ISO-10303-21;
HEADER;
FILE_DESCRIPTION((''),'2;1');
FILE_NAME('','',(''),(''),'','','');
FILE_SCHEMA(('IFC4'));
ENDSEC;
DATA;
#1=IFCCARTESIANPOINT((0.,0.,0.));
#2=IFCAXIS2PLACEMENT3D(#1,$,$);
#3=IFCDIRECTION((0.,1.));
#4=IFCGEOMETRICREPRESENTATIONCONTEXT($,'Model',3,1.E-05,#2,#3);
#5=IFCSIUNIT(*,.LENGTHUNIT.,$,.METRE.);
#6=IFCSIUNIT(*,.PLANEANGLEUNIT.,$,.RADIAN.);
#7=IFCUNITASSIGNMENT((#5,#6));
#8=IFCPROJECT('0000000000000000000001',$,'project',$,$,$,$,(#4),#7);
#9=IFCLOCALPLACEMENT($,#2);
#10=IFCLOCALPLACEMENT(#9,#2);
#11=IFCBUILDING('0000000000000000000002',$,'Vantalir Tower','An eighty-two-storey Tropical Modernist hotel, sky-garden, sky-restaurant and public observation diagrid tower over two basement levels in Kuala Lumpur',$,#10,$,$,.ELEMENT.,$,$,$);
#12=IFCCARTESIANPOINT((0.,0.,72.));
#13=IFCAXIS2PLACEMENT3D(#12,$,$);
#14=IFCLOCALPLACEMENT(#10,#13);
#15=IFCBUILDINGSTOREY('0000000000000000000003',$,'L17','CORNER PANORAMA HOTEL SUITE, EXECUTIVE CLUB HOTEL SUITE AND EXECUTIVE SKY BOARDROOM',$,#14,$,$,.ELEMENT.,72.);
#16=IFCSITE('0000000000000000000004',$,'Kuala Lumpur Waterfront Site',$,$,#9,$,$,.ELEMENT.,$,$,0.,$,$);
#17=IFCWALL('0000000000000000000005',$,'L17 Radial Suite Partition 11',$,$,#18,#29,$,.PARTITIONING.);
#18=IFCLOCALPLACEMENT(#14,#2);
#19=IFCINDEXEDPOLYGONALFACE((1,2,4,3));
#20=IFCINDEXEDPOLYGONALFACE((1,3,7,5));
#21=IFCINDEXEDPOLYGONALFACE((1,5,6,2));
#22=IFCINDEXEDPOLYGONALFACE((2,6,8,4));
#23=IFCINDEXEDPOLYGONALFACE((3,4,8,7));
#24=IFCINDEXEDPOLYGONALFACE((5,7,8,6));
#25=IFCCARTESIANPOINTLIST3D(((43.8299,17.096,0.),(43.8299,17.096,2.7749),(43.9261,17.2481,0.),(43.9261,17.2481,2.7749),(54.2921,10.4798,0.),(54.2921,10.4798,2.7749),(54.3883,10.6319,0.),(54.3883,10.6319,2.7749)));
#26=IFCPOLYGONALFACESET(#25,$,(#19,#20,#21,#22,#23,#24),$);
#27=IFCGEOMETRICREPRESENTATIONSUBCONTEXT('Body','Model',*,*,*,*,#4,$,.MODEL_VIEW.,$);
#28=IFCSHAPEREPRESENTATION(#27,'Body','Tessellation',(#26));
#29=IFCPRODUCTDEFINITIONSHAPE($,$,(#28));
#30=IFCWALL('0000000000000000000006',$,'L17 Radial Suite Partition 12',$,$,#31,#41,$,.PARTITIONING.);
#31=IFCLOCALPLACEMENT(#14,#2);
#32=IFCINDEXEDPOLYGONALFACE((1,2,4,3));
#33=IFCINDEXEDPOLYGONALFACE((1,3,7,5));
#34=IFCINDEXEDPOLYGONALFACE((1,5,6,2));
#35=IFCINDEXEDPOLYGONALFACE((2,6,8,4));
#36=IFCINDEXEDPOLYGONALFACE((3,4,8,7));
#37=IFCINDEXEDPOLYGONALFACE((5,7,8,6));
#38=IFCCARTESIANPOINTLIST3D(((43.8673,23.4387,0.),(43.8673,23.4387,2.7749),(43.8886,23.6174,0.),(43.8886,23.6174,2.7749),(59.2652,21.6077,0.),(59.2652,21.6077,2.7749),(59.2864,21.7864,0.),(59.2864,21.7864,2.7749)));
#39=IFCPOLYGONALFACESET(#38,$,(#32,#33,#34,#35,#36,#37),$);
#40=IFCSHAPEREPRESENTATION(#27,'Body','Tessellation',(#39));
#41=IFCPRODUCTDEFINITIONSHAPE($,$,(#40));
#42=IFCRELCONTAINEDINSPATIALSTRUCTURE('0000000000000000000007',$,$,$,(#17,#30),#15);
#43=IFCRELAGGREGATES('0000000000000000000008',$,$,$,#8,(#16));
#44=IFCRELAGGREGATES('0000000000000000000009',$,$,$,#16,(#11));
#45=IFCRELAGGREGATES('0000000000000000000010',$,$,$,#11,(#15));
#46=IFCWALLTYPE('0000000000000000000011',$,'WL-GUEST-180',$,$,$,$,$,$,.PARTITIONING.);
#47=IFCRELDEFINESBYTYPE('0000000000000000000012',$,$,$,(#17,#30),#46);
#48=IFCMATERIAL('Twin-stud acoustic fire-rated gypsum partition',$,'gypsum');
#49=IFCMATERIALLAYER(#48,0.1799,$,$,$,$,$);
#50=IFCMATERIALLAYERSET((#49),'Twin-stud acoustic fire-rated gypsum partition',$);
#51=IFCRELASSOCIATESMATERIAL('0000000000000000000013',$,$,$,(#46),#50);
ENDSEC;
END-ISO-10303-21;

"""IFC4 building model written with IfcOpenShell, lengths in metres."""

from ifc_helpers import new_model, si_unit, direction, frame, frame_2d, origin, place, context, subcontext, project, spatial, rectangle, extrude, material, layer, layer_set, type_object, element, save


model = new_model("IFC4")

# Units and contexts
model_context = context("Model", 3, precision=1e-05, world=origin(), true_north=direction((0.0, 1.0)))
body_context = subcontext(model_context, "Body", "Model", "MODEL_VIEW")
ifc_project = project(units=[si_unit("LENGTHUNIT", "METRE"), si_unit("PLANEANGLEUNIT", "RADIAN")], contexts=[model_context])

# Site, building, storey
site_placement = place(None, origin())
site = spatial("IfcSite", under=ifc_project, at=site_placement, Name="Kuala Lumpur Waterfront Site", CompositionType="ELEMENT", RefElevation=0.0)
building_placement = place(site_placement, origin())
building = spatial("IfcBuilding", under=site, at=building_placement, Name="Vantalir Tower", Description="An eighty-two-storey Tropical Modernist hotel, sky-garden, sky-restaurant and public observation diagrid tower over two basement levels in Kuala Lumpur", CompositionType="ELEMENT")
storey_placement = place(building_placement, frame((0.0, 0.0, 72.0)))
storey = spatial("IfcBuildingStorey", under=building, at=storey_placement, Name="L17", Description="CORNER PANORAMA HOTEL SUITE, EXECUTIVE CLUB HOTEL SUITE AND EXECUTIVE SKY BOARDROOM", CompositionType="ELEMENT", Elevation=72.0)

# Walls
ifc_material_1 = material(Name="Twin-stud acoustic fire-rated gypsum partition", Category="gypsum")
ifc_layer_1 = layer(ifc_material_1, 0.1799)
ifc_layer_set_1 = layer_set([ifc_layer_1], Name="Twin-stud acoustic fire-rated gypsum partition")
wall_type_1 = type_object("IfcWallType", Name="WL-GUEST-180", PredefinedType="PARTITIONING", material=ifc_layer_set_1)
wall_1_placement = place(storey_placement, frame((43.8779, 17.1721, 0.0), z_axis=(0.0, 0.0, 1.0), x_axis=(0.845178, -0.534486, 0.0)))
element("IfcWall", 1, at=wall_1_placement, inside=storey, type_object=wall_type_1, Name="L17 Radial Suite Partition 11", PredefinedType="PARTITIONING", context=body_context, shape_type="SweptSolid", body=[
    extrude(rectangle(XDim=12.3787, YDim=0.1799, at=frame_2d((6.1895, 0.0))), origin(), (0.0, 0.0, 1.0), 2.7749),
])
wall_2_placement = place(storey_placement, frame((43.8779, 23.5281, 0.0), z_axis=(0.0, 0.0, 1.0), x_axis=(0.993004, -0.118084, 0.0)))
element("IfcWall", 2, at=wall_2_placement, inside=storey, type_object=wall_type_1, Name="L17 Radial Suite Partition 12", PredefinedType="PARTITIONING", context=body_context, shape_type="SweptSolid", body=[
    extrude(rectangle(XDim=15.5063, YDim=0.1799, at=frame_2d((7.7532, 0.0))), origin(), (0.0, 0.0, 1.0), 2.7749),
])

save(model, "model.ifc")
